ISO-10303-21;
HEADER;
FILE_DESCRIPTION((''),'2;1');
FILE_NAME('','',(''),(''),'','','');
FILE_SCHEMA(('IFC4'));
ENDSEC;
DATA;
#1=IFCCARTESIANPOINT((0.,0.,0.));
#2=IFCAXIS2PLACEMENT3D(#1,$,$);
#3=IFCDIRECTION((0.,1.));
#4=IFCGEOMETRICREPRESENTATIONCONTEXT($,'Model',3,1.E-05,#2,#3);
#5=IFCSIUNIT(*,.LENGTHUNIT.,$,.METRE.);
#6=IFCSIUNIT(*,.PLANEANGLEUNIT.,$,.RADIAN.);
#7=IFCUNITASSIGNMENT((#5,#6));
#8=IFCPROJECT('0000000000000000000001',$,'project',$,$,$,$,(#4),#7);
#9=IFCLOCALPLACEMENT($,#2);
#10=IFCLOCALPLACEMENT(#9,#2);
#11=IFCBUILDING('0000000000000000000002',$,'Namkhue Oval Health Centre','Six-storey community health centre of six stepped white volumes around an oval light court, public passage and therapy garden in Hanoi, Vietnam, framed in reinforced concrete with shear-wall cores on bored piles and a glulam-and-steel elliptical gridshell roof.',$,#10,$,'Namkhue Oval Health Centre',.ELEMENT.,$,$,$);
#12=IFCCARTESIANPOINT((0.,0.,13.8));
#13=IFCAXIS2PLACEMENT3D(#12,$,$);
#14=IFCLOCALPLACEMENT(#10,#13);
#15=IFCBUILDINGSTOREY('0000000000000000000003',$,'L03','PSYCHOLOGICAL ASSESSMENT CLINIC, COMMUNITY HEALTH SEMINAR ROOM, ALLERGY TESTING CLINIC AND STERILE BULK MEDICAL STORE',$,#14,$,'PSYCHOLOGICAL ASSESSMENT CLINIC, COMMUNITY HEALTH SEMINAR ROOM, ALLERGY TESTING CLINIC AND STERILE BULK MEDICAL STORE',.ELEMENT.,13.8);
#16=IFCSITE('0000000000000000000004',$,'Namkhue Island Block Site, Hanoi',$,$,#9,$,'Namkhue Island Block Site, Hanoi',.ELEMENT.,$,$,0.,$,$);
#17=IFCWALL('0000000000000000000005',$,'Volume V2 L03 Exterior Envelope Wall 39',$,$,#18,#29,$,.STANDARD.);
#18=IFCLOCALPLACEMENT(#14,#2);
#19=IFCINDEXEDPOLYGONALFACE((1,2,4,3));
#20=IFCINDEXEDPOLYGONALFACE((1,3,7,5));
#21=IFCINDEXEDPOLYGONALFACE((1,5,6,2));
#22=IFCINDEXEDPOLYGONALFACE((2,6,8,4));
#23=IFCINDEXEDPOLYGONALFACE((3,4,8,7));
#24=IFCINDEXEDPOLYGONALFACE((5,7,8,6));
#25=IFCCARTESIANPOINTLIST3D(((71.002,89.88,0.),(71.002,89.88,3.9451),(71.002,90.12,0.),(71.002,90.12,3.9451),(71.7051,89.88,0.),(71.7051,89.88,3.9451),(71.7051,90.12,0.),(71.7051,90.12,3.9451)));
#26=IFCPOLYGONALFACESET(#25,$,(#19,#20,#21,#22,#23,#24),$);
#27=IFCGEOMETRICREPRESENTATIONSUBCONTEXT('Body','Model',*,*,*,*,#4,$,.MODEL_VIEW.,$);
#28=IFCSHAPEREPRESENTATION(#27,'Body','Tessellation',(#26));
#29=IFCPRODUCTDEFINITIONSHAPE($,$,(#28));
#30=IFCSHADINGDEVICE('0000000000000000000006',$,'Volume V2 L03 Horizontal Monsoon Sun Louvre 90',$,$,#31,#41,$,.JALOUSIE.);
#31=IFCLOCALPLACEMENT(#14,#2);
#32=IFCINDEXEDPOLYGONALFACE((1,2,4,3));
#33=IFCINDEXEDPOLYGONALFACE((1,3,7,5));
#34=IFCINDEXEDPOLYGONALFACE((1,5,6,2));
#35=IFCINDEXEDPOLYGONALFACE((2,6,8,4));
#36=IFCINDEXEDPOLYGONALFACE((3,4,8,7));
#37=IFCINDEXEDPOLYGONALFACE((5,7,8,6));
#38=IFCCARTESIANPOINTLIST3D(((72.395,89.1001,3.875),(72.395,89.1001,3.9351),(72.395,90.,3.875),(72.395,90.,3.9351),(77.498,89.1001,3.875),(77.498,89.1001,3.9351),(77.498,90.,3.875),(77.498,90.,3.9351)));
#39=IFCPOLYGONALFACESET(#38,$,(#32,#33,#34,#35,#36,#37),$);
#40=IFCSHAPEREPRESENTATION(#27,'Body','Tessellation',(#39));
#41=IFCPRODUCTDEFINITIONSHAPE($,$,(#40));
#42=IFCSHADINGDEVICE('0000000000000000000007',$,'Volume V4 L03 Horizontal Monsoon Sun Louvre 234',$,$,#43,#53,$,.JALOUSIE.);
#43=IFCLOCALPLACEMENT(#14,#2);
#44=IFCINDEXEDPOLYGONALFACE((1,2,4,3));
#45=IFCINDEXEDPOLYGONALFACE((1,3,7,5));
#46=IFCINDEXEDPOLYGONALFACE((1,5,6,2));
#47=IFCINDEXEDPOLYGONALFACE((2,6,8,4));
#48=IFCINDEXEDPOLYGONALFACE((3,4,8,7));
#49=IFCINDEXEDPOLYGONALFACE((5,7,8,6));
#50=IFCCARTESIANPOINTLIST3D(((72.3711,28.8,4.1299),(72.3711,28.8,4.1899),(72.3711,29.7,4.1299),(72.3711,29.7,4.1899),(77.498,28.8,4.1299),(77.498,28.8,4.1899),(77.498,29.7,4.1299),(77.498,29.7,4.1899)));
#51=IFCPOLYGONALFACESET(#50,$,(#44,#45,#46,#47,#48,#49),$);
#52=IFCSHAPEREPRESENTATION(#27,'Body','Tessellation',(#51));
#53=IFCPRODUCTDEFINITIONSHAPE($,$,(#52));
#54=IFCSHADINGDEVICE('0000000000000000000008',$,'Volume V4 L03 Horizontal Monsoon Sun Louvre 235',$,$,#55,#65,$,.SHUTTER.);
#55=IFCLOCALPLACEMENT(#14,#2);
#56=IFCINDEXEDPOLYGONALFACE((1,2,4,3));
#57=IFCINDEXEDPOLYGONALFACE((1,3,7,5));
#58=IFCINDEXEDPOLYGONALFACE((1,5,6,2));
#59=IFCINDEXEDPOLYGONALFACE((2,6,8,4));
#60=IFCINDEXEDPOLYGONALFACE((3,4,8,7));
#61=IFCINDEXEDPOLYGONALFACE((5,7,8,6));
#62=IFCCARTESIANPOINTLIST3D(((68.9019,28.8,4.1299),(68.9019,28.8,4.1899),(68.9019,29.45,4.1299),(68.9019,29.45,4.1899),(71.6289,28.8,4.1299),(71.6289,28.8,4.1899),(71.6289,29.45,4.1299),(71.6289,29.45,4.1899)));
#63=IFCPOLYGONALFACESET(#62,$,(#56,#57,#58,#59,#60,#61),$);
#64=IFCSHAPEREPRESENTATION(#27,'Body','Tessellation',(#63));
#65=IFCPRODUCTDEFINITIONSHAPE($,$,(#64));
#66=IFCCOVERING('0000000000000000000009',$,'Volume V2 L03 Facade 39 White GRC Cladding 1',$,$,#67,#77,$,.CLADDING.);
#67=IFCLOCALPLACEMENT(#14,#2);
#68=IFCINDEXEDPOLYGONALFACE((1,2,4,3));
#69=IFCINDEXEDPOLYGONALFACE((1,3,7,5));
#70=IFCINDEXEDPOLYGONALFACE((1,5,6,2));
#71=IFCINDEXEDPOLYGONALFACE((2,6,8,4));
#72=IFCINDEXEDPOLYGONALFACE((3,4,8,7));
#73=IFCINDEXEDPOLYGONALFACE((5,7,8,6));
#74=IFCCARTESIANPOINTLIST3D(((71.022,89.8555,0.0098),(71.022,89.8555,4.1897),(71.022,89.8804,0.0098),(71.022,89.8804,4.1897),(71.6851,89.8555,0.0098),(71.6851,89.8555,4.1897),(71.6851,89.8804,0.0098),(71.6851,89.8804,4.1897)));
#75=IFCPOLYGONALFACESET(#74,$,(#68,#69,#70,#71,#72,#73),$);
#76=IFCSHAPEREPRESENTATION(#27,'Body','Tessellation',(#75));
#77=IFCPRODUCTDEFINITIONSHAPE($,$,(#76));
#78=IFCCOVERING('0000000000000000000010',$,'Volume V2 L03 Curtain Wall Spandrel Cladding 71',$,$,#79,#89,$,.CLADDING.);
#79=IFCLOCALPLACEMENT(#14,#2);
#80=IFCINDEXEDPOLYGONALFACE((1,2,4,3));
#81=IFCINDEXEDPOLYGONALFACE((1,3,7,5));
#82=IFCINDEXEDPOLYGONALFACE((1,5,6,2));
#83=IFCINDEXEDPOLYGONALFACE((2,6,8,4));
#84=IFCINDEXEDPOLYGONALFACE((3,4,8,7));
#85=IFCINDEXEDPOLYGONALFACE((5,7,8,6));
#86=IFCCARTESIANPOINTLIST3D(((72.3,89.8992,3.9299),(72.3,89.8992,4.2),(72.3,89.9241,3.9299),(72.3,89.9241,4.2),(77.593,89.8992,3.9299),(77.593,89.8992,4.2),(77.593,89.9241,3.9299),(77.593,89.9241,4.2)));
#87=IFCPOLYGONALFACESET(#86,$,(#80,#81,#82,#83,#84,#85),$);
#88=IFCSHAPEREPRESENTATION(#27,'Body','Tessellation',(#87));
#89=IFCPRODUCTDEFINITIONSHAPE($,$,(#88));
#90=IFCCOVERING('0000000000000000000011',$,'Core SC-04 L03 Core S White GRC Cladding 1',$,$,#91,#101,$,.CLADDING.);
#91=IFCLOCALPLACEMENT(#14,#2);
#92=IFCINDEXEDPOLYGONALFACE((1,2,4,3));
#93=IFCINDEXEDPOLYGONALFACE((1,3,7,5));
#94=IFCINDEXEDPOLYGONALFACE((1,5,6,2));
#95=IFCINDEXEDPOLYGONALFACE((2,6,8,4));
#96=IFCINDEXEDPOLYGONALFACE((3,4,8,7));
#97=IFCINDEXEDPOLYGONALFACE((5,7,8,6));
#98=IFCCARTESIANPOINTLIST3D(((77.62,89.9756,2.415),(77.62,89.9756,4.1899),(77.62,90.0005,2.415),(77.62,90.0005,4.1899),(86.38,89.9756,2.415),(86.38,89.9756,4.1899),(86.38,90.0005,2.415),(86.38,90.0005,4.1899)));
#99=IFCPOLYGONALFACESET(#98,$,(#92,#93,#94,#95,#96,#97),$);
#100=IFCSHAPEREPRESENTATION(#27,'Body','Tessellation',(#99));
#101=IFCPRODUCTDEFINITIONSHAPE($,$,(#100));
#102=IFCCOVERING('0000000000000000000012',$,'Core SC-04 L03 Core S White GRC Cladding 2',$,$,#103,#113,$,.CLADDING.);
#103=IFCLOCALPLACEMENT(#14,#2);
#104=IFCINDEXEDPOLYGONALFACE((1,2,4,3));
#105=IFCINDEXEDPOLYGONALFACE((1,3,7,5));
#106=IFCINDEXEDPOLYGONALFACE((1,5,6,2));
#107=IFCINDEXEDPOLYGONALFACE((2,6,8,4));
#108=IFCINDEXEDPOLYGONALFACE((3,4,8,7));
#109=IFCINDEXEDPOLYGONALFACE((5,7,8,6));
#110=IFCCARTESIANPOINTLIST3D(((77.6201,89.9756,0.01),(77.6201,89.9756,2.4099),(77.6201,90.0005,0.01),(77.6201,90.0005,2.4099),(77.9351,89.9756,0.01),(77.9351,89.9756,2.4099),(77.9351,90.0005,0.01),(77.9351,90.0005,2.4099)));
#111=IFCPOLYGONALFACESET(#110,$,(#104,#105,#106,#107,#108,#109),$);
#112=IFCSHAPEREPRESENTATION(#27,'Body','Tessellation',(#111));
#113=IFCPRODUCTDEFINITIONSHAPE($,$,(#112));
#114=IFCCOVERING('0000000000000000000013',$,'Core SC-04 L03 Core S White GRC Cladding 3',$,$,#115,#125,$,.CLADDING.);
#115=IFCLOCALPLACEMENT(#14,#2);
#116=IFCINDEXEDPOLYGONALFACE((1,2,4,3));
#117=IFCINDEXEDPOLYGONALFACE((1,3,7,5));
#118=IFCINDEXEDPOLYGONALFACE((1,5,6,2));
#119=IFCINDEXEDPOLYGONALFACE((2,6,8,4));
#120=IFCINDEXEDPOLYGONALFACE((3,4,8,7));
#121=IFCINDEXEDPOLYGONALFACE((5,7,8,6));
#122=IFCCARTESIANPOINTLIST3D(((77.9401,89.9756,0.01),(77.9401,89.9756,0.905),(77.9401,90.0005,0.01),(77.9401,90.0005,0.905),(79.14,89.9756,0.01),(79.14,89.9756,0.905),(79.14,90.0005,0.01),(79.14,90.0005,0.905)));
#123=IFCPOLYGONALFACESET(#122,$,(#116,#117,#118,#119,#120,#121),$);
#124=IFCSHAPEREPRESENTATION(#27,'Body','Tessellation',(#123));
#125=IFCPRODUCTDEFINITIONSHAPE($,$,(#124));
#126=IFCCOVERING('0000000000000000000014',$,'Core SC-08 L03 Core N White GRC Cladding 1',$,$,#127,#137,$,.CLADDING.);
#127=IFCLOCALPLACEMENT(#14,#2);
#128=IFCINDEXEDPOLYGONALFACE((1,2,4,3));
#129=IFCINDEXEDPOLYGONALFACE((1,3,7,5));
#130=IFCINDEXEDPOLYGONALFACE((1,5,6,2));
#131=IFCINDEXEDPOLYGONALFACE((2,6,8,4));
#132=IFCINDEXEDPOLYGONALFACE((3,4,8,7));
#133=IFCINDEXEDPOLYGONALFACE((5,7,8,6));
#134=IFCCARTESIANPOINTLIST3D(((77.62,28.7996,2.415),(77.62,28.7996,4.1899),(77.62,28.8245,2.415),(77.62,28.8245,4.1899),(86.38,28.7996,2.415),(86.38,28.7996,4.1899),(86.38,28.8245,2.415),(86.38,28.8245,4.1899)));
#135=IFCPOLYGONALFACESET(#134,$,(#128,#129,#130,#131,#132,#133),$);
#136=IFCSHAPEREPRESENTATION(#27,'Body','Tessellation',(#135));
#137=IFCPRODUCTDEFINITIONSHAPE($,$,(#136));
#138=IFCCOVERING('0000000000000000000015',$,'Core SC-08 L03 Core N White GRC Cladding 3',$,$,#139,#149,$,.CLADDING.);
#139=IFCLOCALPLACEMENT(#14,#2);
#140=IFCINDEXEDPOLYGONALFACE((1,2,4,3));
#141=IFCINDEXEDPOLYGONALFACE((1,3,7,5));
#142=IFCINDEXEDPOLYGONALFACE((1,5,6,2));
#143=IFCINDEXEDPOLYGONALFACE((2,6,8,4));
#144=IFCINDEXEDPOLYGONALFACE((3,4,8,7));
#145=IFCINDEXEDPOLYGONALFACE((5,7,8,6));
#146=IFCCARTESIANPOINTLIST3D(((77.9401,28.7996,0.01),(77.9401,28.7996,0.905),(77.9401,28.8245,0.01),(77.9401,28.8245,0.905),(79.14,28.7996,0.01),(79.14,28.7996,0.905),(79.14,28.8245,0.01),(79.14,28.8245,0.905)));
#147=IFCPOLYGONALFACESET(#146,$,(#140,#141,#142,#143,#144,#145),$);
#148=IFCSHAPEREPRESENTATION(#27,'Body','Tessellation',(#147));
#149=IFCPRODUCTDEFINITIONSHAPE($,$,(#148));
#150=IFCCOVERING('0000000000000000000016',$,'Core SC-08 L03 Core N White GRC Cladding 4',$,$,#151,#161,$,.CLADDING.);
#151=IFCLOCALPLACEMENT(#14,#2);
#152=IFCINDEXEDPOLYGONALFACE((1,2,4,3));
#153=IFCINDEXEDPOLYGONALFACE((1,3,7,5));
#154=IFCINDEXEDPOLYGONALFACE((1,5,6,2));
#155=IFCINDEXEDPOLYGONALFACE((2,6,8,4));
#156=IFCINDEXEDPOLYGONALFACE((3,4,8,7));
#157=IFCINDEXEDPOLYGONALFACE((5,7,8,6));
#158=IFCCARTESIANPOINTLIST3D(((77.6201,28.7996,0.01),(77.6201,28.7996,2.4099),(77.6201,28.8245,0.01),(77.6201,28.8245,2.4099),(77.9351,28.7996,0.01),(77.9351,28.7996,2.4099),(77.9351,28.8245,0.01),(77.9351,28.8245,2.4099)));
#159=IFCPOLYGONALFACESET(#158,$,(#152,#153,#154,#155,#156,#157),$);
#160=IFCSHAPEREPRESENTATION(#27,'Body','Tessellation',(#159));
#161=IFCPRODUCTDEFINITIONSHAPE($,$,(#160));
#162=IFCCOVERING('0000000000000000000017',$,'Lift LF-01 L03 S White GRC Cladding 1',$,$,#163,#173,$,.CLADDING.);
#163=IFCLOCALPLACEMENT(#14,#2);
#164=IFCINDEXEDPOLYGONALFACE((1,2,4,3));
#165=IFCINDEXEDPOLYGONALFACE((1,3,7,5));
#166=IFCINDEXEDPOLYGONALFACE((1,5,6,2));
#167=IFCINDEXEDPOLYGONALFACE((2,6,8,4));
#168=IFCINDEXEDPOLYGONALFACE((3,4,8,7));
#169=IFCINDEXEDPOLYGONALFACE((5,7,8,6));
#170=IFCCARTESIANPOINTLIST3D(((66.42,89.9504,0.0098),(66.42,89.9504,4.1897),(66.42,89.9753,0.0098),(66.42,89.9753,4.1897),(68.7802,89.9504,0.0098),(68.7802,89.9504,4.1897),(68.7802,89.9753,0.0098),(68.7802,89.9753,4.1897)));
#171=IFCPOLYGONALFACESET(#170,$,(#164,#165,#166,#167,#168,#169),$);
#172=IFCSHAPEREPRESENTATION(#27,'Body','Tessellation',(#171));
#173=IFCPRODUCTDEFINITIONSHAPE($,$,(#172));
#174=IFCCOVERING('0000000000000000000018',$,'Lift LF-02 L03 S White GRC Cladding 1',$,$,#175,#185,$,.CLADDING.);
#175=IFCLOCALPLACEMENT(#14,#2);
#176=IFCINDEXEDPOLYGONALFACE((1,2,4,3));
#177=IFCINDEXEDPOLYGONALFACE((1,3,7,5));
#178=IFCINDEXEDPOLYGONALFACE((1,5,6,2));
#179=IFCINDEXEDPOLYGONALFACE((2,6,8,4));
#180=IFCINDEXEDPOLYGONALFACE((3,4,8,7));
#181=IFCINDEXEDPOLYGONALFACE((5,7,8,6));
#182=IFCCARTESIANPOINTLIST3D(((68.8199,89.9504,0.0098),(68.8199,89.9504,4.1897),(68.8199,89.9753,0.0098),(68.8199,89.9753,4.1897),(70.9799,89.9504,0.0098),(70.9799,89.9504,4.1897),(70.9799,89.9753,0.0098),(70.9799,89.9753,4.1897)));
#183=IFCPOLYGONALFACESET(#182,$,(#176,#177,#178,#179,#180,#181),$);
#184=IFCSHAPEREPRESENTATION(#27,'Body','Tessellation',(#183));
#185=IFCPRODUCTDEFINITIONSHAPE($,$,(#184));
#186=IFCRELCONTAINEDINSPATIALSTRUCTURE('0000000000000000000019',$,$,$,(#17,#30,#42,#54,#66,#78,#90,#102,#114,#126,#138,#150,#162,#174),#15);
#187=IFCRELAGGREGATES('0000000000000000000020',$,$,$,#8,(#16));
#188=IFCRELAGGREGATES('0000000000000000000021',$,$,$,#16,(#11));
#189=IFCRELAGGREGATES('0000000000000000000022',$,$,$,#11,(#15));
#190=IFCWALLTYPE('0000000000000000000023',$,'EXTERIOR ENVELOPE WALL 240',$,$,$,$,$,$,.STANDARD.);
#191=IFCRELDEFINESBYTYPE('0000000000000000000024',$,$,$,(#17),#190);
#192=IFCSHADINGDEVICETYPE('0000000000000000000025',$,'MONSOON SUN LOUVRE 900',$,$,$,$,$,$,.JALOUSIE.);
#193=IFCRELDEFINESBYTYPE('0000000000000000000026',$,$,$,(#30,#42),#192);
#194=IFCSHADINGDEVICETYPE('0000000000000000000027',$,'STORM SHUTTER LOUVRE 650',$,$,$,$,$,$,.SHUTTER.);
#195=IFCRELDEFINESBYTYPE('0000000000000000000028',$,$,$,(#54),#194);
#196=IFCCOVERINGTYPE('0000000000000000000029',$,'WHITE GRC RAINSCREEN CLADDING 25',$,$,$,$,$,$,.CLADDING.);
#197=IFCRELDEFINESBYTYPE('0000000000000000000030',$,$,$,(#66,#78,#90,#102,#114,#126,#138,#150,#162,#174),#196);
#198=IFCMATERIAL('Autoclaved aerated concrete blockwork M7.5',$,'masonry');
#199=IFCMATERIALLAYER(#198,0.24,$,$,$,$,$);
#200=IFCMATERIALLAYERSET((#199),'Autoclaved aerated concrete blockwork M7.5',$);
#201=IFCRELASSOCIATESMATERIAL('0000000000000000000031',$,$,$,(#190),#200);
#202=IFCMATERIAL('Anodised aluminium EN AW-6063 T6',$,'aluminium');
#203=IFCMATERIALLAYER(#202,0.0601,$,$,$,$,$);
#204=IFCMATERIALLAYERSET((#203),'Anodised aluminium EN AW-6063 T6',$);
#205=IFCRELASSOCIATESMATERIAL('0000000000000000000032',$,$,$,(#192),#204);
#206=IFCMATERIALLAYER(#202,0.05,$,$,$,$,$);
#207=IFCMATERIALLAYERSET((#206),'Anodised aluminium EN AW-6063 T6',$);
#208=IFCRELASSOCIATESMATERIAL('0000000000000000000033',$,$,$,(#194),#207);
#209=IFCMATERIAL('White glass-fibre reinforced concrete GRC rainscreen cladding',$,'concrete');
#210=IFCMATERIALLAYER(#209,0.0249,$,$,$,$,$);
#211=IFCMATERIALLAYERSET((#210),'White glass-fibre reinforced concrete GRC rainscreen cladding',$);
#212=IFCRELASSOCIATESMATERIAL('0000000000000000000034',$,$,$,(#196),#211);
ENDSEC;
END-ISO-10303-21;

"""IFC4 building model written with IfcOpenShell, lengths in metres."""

from ifc_helpers import new_model, si_unit, direction, frame, frame_2d, origin, origin_2d, place, context, subcontext, project, spatial, rectangle, extrude, material, layer, layer_set, type_object, element, save


model = new_model("IFC4")

# Units and contexts
model_context = context("Model", 3, precision=1e-05, world=origin(), true_north=direction((0.0, 1.0)))
body_context = subcontext(model_context, "Body", "Model", "MODEL_VIEW")
ifc_project = project(units=[si_unit("LENGTHUNIT", "METRE"), si_unit("PLANEANGLEUNIT", "RADIAN")], contexts=[model_context])

# Site, building, storey
site_placement = place(None, origin())
site = spatial("IfcSite", under=ifc_project, at=site_placement, Name="Namkhue Island Block Site, Hanoi", LongName="Namkhue Island Block Site, Hanoi", CompositionType="ELEMENT", RefElevation=0.0)
building_placement = place(site_placement, origin())
building = spatial("IfcBuilding", under=site, at=building_placement, Name="Namkhue Oval Health Centre", Description="Six-storey community health centre of six stepped white volumes around an oval light court, public passage and therapy garden in Hanoi, Vietnam, framed in reinforced concrete with shear-wall cores on bored piles and a glulam-and-steel elliptical gridshell roof.", LongName="Namkhue Oval Health Centre", CompositionType="ELEMENT")
storey_placement = place(building_placement, frame((0.0, 0.0, 13.8)))
storey = spatial("IfcBuildingStorey", under=building, at=storey_placement, Name="L03", Description="PSYCHOLOGICAL ASSESSMENT CLINIC, COMMUNITY HEALTH SEMINAR ROOM, ALLERGY TESTING CLINIC AND STERILE BULK MEDICAL STORE", LongName="PSYCHOLOGICAL ASSESSMENT CLINIC, COMMUNITY HEALTH SEMINAR ROOM, ALLERGY TESTING CLINIC AND STERILE BULK MEDICAL STORE", CompositionType="ELEMENT", Elevation=13.8)

# Shared definitions
ifc_material_1 = material(Name="Anodised aluminium EN AW-6063 T6", Category="aluminium")

# Wall
ifc_material_2 = material(Name="Autoclaved aerated concrete blockwork M7.5", Category="masonry")
ifc_layer_1 = layer(ifc_material_2, 0.24)
ifc_layer_set_1 = layer_set([ifc_layer_1], Name="Autoclaved aerated concrete blockwork M7.5")
wall_type = type_object("IfcWallType", Name="EXTERIOR ENVELOPE WALL 240", PredefinedType="STANDARD", material=ifc_layer_set_1)
wall_placement = place(storey_placement, frame((71.002, 90.0, 0.0), z_axis=(0.0, 0.0, 1.0), x_axis=(1.0, 0.0, 0.0)))
element("IfcWall", 1, at=wall_placement, inside=storey, type_object=wall_type, Name="Volume V2 L03 Exterior Envelope Wall 39", PredefinedType="STANDARD", context=body_context, shape_type="SweptSolid", body=[
    extrude(rectangle(XDim=0.7031, YDim=0.24, at=frame_2d((0.3516, 0.0))), origin(), (0.0, 0.0, 1.0), 3.9451),
])

# Shading devices
ifc_layer_2 = layer(ifc_material_1, 0.0601)
ifc_layer_set_2 = layer_set([ifc_layer_2], Name="Anodised aluminium EN AW-6063 T6")
shading_device_type_1 = type_object("IfcShadingDeviceType", Name="MONSOON SUN LOUVRE 900", PredefinedType="JALOUSIE", material=ifc_layer_set_2)
shading_device_1_placement = place(storey_placement, frame((74.9465, 89.55, 3.875), z_axis=(0.0, 0.0, 1.0), x_axis=(1.0, 0.0, 0.0)))
element("IfcShadingDevice", 2, at=shading_device_1_placement, inside=storey, type_object=shading_device_type_1, Name="Volume V2 L03 Horizontal Monsoon Sun Louvre 90", PredefinedType="JALOUSIE", context=body_context, shape_type="SweptSolid", body=[
    extrude(rectangle(XDim=5.103, YDim=0.8999, at=origin_2d()), origin(), (0.0, 0.0, 1.0), 0.0601),
])
shading_device_2_placement = place(storey_placement, frame((74.9346, 29.25, 4.1299), z_axis=(0.0, 0.0, 1.0), x_axis=(-1.0, 0.0, 0.0)))
element("IfcShadingDevice", 3, at=shading_device_2_placement, inside=storey, type_object=shading_device_type_1, Name="Volume V4 L03 Horizontal Monsoon Sun Louvre 234", PredefinedType="JALOUSIE", context=body_context, shape_type="SweptSolid", body=[
    extrude(rectangle(XDim=5.127, YDim=0.8999, at=origin_2d()), origin(), (0.0, 0.0, 1.0), 0.0601),
])
ifc_layer_3 = layer(ifc_material_1, 0.05)
ifc_layer_set_3 = layer_set([ifc_layer_3], Name="Anodised aluminium EN AW-6063 T6")
shading_device_type_2 = type_object("IfcShadingDeviceType", Name="STORM SHUTTER LOUVRE 650", PredefinedType="SHUTTER", material=ifc_layer_set_3)
shading_device_3_placement = place(storey_placement, frame((70.2654, 29.125, 4.1299), z_axis=(0.0, 0.0, 1.0), x_axis=(-1.0, 0.0, 0.0)))
element("IfcShadingDevice", 4, at=shading_device_3_placement, inside=storey, type_object=shading_device_type_2, Name="Volume V4 L03 Horizontal Monsoon Sun Louvre 235", PredefinedType="SHUTTER", context=body_context, shape_type="SweptSolid", body=[
    extrude(rectangle(XDim=2.7271, YDim=0.6499, at=origin_2d()), origin(), (0.0, 0.0, 1.0), 0.0601),
])

# Coverings
ifc_material_3 = material(Name="White glass-fibre reinforced concrete GRC rainscreen cladding", Category="concrete")
ifc_layer_4 = layer(ifc_material_3, 0.0249)
ifc_layer_set_4 = layer_set([ifc_layer_4], Name="White glass-fibre reinforced concrete GRC rainscreen cladding")
covering_type = type_object("IfcCoveringType", Name="WHITE GRC RAINSCREEN CLADDING 25", PredefinedType="CLADDING", material=ifc_layer_set_4)
covering_1_placement = place(storey_placement, frame((71.3535, 89.8679, 0.0098), z_axis=(0.0, 0.0, 1.0), x_axis=(1.0, 0.0, 0.0)))
element("IfcCovering", 5, at=covering_1_placement, inside=storey, type_object=covering_type, Name="Volume V2 L03 Facade 39 White GRC Cladding 1", PredefinedType="CLADDING", context=body_context, shape_type="SweptSolid", body=[
    extrude(rectangle(XDim=0.6631, YDim=0.0249, at=origin_2d()), origin(), (0.0, 0.0, 1.0), 4.1799),
])
covering_2_placement = place(storey_placement, frame((74.9465, 89.9116, 3.9299), z_axis=(0.0, 0.0, 1.0), x_axis=(1.0, 0.0, 0.0)))
element("IfcCovering", 6, at=covering_2_placement, inside=storey, type_object=covering_type, Name="Volume V2 L03 Curtain Wall Spandrel Cladding 71", PredefinedType="CLADDING", context=body_context, shape_type="SweptSolid", body=[
    extrude(rectangle(XDim=5.293, YDim=0.0249, at=origin_2d()), origin(), (0.0, 0.0, 1.0), 0.27),
])
covering_3_placement = place(storey_placement, frame((82.0, 89.988, 2.415), z_axis=(0.0, 0.0, 1.0), x_axis=(1.0, 0.0, 0.0)))
element("IfcCovering", 7, at=covering_3_placement, inside=storey, type_object=covering_type, Name="Core SC-04 L03 Core S White GRC Cladding 1", PredefinedType="CLADDING", context=body_context, shape_type="SweptSolid", body=[
    extrude(rectangle(XDim=8.76, YDim=0.0249, at=origin_2d()), origin(), (0.0, 0.0, 1.0), 1.7749),
])
covering_4_placement = place(storey_placement, frame((77.7776, 89.988, 0.01), z_axis=(0.0, 0.0, 1.0), x_axis=(1.0, 0.0, 0.0)))
element("IfcCovering", 8, at=covering_4_placement, inside=storey, type_object=covering_type, Name="Core SC-04 L03 Core S White GRC Cladding 2", PredefinedType="CLADDING", context=body_context, shape_type="SweptSolid", body=[
    extrude(rectangle(XDim=0.3149, YDim=0.0249, at=origin_2d()), origin(), (0.0, 0.0, 1.0), 2.3999),
])
covering_5_placement = place(storey_placement, frame((78.54, 89.988, 0.01), z_axis=(0.0, 0.0, 1.0), x_axis=(1.0, 0.0, 0.0)))
element("IfcCovering", 9, at=covering_5_placement, inside=storey, type_object=covering_type, Name="Core SC-04 L03 Core S White GRC Cladding 3", PredefinedType="CLADDING", context=body_context, shape_type="SweptSolid", body=[
    extrude(rectangle(XDim=1.2, YDim=0.0249, at=origin_2d()), origin(), (0.0, 0.0, 1.0), 0.895),
])
covering_6_placement = place(storey_placement, frame((82.0, 28.812, 2.415), z_axis=(0.0, 0.0, 1.0), x_axis=(-1.0, 0.0, 0.0)))
element("IfcCovering", 10, at=covering_6_placement, inside=storey, type_object=covering_type, Name="Core SC-08 L03 Core N White GRC Cladding 1", PredefinedType="CLADDING", context=body_context, shape_type="SweptSolid", body=[
    extrude(rectangle(XDim=8.76, YDim=0.0249, at=origin_2d()), origin(), (0.0, 0.0, 1.0), 1.7749),
])
covering_7_placement = place(storey_placement, frame((78.54, 28.812, 0.01), z_axis=(0.0, 0.0, 1.0), x_axis=(-1.0, 0.0, 0.0)))
element("IfcCovering", 11, at=covering_7_placement, inside=storey, type_object=covering_type, Name="Core SC-08 L03 Core N White GRC Cladding 3", PredefinedType="CLADDING", context=body_context, shape_type="SweptSolid", body=[
    extrude(rectangle(XDim=1.2, YDim=0.0249, at=origin_2d()), origin(), (0.0, 0.0, 1.0), 0.895),
])
covering_8_placement = place(storey_placement, frame((77.7776, 28.812, 0.01), z_axis=(0.0, 0.0, 1.0), x_axis=(-1.0, 0.0, 0.0)))
element("IfcCovering", 12, at=covering_8_placement, inside=storey, type_object=covering_type, Name="Core SC-08 L03 Core N White GRC Cladding 4", PredefinedType="CLADDING", context=body_context, shape_type="SweptSolid", body=[
    extrude(rectangle(XDim=0.3149, YDim=0.0249, at=origin_2d()), origin(), (0.0, 0.0, 1.0), 2.3999),
])
covering_9_placement = place(storey_placement, frame((67.6001, 89.9629, 0.0098), z_axis=(0.0, 0.0, 1.0), x_axis=(1.0, 0.0, 0.0)))
element("IfcCovering", 13, at=covering_9_placement, inside=storey, type_object=covering_type, Name="Lift LF-01 L03 S White GRC Cladding 1", PredefinedType="CLADDING", context=body_context, shape_type="SweptSolid", body=[
    extrude(rectangle(XDim=2.3601, YDim=0.0249, at=origin_2d()), origin(), (0.0, 0.0, 1.0), 4.1799),
])
covering_10_placement = place(storey_placement, frame((69.8999, 89.9629, 0.0098), z_axis=(0.0, 0.0, 1.0), x_axis=(1.0, 0.0, 0.0)))
element("IfcCovering", 14, at=covering_10_placement, inside=storey, type_object=covering_type, Name="Lift LF-02 L03 S White GRC Cladding 1", PredefinedType="CLADDING", context=body_context, shape_type="SweptSolid", body=[
    extrude(rectangle(XDim=2.1599, YDim=0.0249, at=origin_2d()), origin(), (0.0, 0.0, 1.0), 4.1799),
])

save(model, "model.ifc")
